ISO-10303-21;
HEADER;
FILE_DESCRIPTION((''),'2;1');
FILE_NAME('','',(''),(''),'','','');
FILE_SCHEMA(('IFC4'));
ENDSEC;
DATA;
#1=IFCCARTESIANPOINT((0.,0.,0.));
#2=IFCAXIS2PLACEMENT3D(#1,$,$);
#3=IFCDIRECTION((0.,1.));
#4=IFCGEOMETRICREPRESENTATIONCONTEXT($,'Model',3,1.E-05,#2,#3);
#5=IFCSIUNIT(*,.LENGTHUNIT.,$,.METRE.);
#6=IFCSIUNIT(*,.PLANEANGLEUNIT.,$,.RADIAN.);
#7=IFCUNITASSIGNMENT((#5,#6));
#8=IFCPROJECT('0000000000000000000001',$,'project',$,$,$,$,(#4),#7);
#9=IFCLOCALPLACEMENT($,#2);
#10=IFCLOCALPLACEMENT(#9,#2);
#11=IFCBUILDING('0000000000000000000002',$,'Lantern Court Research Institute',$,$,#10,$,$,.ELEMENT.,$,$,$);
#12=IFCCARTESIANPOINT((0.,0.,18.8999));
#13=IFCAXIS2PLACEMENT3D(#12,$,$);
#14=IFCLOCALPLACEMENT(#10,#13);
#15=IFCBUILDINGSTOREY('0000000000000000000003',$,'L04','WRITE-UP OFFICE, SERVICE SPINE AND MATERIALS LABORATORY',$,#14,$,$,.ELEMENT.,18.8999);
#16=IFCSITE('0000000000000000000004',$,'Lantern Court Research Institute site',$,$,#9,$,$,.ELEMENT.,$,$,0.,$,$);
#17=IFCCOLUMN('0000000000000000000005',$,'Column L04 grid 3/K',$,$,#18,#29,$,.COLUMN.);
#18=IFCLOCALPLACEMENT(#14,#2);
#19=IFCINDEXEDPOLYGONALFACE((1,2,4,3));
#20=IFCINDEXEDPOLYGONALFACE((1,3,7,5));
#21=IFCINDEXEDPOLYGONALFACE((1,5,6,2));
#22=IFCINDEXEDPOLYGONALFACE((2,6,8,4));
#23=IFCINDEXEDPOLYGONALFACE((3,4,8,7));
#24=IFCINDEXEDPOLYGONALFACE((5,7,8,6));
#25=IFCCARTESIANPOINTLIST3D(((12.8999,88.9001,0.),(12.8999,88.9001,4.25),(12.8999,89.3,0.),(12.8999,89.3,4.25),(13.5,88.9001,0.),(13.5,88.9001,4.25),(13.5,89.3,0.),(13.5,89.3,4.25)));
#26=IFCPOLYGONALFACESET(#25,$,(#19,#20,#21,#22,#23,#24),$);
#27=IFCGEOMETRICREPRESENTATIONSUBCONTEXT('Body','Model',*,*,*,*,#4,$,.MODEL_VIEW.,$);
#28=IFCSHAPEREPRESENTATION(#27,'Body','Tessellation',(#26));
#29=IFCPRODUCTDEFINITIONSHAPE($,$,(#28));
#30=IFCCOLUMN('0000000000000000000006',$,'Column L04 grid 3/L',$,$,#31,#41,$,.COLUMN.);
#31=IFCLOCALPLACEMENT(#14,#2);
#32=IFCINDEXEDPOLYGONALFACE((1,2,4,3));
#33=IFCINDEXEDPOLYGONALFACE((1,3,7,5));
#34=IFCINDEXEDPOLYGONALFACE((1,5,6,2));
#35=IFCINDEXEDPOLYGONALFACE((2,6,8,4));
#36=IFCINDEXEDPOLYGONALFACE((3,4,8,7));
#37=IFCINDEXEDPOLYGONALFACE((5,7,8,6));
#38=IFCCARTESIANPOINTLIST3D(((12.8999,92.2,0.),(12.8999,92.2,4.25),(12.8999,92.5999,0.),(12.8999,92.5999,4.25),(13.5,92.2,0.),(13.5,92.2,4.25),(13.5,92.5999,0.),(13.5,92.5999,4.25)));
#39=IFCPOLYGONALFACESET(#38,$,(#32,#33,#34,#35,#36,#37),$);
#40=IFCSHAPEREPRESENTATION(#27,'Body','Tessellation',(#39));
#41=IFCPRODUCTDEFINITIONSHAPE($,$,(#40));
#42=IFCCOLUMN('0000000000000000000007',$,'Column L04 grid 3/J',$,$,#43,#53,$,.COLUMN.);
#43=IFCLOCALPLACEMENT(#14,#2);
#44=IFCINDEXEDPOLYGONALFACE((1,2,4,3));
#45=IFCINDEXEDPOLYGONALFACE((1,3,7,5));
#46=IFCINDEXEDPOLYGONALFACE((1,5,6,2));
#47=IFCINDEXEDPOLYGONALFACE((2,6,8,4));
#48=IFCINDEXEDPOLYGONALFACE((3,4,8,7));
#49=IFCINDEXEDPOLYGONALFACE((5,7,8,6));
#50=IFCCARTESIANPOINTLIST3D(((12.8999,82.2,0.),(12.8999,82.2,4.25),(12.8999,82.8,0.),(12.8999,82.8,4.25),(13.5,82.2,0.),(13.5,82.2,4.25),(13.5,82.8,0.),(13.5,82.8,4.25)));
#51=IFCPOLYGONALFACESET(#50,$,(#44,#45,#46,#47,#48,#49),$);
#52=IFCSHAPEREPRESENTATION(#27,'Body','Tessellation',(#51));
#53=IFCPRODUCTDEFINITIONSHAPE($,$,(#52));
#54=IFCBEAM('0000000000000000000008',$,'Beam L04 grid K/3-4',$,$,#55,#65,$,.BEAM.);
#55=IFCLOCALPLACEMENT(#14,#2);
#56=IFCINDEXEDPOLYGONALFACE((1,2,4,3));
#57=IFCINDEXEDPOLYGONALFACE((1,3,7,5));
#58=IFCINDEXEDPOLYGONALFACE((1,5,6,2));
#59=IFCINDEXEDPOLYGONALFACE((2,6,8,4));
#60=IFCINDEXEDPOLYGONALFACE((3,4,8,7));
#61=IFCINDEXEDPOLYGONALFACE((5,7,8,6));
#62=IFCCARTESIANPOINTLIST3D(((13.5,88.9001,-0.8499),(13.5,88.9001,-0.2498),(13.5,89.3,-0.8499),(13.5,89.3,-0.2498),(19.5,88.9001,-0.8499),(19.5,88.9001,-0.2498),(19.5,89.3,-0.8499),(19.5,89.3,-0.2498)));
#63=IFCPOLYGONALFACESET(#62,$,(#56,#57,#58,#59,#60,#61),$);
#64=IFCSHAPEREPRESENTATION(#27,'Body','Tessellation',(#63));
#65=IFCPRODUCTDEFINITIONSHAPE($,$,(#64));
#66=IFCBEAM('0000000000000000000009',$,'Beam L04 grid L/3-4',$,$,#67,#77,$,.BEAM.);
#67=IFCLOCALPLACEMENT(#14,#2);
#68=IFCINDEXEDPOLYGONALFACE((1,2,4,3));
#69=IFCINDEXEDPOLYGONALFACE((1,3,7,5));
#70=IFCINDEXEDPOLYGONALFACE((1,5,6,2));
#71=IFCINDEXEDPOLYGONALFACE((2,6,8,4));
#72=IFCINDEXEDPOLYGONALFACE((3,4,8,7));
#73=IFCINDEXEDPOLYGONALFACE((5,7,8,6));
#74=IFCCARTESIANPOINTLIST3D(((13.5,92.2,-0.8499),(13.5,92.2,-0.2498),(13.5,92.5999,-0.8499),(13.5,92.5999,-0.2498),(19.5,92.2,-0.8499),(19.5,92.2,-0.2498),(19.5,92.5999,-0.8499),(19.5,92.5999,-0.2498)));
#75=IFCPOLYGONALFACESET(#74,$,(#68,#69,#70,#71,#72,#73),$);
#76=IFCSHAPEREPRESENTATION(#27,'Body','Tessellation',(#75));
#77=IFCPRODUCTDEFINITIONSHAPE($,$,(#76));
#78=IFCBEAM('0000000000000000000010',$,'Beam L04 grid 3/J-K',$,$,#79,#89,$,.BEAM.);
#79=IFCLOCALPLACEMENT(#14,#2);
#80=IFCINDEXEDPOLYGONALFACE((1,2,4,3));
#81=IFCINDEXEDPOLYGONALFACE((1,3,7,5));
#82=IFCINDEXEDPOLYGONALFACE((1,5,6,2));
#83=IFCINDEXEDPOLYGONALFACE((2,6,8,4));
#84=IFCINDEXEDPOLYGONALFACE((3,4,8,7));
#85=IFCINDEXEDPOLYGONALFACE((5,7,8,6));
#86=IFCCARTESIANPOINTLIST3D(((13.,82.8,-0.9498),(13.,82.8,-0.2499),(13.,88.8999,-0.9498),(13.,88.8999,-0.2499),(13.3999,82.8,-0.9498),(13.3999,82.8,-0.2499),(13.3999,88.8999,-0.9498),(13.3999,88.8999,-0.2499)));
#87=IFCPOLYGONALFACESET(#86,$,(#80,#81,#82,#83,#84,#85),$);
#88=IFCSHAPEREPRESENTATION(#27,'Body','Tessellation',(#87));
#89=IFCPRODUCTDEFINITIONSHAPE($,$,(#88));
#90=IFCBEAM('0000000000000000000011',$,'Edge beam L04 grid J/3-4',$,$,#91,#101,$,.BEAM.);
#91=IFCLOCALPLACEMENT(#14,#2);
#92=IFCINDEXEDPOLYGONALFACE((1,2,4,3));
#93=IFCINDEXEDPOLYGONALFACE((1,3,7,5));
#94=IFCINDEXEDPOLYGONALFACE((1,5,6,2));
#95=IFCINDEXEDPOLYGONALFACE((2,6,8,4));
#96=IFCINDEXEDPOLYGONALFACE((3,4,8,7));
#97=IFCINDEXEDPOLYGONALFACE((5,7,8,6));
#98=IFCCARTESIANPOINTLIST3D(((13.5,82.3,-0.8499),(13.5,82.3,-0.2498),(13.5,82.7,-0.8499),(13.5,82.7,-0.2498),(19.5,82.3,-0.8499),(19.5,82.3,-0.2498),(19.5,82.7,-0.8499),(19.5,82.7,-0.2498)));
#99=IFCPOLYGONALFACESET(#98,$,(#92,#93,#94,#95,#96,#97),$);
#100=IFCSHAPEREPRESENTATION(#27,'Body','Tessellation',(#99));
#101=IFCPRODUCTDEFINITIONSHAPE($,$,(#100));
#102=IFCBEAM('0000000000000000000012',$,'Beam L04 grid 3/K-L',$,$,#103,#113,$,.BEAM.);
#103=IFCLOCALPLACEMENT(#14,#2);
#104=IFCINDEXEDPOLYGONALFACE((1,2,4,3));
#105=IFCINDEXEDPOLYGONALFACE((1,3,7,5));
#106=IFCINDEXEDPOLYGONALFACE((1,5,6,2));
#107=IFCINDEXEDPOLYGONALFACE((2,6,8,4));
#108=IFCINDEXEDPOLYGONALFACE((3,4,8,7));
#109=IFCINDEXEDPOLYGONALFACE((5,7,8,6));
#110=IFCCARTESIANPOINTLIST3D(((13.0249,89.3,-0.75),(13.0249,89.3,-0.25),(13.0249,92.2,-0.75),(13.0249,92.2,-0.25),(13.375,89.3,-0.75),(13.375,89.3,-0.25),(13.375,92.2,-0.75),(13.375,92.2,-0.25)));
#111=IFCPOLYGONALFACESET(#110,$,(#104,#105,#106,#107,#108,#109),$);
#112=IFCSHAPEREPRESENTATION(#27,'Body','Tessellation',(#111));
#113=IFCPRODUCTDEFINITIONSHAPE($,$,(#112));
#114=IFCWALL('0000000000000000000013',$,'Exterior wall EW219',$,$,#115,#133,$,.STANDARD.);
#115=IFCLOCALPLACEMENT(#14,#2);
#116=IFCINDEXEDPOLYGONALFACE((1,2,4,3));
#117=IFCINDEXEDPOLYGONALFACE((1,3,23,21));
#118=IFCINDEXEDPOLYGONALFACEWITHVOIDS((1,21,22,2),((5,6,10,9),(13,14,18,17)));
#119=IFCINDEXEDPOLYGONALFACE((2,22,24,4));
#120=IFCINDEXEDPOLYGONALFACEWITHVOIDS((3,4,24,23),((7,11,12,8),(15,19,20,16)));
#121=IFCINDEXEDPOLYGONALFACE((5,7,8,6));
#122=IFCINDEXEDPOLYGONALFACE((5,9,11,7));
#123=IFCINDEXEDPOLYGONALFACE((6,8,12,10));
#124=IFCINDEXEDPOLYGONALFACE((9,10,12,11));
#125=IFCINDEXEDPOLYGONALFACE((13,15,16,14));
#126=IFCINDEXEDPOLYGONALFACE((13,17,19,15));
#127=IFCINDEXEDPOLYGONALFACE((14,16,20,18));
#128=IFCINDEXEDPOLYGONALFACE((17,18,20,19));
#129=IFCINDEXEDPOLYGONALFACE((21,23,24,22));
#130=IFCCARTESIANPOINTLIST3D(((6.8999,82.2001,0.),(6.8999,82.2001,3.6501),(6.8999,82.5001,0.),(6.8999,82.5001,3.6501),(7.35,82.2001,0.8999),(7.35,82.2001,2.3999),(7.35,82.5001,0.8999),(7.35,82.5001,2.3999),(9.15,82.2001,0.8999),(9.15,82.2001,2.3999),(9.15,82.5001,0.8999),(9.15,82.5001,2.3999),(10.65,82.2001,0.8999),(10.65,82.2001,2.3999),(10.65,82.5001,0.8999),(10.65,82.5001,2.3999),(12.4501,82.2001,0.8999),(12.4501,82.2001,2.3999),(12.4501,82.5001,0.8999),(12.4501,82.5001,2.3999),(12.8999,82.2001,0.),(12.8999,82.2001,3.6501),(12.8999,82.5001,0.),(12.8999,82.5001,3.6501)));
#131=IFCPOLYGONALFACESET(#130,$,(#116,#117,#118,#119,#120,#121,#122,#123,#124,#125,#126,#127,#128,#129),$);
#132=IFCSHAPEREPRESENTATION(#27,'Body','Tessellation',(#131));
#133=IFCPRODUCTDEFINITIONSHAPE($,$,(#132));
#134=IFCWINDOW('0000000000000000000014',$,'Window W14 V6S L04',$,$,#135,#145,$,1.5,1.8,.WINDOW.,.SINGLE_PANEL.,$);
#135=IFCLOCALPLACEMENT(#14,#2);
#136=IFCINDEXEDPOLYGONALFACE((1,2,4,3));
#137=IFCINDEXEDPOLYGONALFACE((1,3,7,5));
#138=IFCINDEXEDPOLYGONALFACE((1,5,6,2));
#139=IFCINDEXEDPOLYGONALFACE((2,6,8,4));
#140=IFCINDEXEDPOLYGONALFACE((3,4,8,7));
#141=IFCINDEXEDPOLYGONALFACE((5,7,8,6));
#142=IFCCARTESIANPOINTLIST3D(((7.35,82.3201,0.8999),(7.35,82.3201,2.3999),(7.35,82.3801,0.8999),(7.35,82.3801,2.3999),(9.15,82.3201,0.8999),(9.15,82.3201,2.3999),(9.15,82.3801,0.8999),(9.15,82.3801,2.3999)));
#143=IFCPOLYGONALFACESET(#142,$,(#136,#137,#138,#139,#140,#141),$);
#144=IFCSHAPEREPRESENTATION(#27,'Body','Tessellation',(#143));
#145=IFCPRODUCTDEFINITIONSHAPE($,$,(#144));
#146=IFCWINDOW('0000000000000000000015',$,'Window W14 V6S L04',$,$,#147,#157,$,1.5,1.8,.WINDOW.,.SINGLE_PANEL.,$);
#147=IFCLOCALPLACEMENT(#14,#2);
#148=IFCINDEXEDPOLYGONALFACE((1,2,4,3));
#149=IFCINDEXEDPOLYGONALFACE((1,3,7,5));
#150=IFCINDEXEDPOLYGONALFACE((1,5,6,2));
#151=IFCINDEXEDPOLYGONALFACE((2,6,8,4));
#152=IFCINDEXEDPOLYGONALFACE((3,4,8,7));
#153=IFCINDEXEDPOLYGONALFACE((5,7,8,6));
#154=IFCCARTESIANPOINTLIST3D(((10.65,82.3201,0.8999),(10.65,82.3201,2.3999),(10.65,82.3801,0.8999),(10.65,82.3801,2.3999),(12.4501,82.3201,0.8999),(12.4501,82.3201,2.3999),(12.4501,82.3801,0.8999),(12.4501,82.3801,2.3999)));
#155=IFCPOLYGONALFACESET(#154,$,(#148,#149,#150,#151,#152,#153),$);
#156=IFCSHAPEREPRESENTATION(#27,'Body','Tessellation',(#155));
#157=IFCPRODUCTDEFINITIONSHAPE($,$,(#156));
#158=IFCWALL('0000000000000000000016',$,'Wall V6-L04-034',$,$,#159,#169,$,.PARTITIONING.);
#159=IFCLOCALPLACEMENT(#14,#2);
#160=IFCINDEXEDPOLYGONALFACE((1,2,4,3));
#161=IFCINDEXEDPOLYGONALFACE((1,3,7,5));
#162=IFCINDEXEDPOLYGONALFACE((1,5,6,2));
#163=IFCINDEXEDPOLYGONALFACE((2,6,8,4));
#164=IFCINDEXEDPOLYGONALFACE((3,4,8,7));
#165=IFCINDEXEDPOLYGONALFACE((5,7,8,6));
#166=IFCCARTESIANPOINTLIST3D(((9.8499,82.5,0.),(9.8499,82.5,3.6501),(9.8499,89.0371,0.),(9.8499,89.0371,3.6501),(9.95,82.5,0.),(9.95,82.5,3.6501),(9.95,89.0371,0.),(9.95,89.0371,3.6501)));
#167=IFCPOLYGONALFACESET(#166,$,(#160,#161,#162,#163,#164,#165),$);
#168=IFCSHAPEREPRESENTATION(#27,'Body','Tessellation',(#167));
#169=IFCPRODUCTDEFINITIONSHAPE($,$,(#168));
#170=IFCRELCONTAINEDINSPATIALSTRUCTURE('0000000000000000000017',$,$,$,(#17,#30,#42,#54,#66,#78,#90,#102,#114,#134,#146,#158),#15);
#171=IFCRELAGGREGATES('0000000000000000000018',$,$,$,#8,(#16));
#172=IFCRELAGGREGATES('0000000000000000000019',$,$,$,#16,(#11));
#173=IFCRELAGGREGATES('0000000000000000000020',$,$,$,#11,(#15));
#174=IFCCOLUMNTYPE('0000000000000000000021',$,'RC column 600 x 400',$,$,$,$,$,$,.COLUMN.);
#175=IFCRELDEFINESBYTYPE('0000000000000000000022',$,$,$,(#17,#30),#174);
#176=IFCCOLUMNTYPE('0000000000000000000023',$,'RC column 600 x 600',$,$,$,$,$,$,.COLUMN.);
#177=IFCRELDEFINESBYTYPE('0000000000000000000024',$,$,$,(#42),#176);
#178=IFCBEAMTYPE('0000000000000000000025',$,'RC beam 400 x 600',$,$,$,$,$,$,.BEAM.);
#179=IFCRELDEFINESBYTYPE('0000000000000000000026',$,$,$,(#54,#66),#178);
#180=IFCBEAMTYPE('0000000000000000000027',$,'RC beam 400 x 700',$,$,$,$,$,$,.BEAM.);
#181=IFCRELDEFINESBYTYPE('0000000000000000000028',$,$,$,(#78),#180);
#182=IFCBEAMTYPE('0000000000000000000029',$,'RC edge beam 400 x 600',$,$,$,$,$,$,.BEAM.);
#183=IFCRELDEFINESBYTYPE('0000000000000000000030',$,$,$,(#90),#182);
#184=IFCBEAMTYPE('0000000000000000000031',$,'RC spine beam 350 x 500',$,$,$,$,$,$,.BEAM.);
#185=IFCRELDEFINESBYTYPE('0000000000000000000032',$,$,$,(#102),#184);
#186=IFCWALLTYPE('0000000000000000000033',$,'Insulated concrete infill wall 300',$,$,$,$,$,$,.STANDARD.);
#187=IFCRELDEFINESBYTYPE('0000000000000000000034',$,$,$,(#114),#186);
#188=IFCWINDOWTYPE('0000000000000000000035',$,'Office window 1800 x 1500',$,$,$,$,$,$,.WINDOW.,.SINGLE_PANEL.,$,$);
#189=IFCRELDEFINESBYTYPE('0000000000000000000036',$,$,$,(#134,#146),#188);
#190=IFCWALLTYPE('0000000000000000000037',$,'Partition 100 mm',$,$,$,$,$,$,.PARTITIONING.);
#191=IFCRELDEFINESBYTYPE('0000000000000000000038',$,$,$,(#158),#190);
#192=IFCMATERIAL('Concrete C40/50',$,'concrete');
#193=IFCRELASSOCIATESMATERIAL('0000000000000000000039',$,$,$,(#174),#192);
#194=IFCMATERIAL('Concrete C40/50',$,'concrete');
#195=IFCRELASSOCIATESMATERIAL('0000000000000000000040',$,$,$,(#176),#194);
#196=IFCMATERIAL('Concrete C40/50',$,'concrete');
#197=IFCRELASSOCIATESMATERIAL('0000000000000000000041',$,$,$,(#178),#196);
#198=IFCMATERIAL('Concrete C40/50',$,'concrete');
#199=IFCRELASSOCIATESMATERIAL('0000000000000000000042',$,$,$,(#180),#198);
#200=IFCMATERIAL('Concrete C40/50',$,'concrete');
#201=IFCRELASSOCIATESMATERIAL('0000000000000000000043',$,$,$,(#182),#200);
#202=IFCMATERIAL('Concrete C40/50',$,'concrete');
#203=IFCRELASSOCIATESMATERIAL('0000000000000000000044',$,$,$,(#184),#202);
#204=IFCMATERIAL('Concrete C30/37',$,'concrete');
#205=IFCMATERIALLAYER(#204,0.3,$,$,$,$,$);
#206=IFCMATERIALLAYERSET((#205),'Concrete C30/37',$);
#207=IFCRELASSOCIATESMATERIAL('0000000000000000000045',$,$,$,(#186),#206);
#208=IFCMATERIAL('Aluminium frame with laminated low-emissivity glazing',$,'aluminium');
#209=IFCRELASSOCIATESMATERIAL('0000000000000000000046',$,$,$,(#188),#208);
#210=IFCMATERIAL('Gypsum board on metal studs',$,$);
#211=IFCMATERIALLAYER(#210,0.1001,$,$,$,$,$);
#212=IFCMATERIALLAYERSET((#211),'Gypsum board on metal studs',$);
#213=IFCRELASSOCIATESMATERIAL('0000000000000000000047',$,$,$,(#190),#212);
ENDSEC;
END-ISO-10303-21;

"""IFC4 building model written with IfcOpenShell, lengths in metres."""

from ifc_helpers import new_model, si_unit, direction, frame, frame_2d, origin, origin_2d, place, context, subcontext, project, spatial, rectangle, extrude, material, layer, layer_set, material_profile, profile_set, type_object, element, fill, save


model = new_model("IFC4")

# Units and contexts
model_context = context("Model", 3, precision=1e-05, world=origin(), true_north=direction((0.0, 1.0)))
body_context = subcontext(model_context, "Body", "Model", "MODEL_VIEW")
ifc_project = project(units=[si_unit("LENGTHUNIT", "METRE"), si_unit("PLANEANGLEUNIT", "RADIAN")], contexts=[model_context])

# Site, building, storey
site_placement = place(None, origin())
site = spatial("IfcSite", under=ifc_project, at=site_placement, Name="Lantern Court Research Institute site", CompositionType="ELEMENT", RefElevation=0.0)
building_placement = place(site_placement, origin())
building = spatial("IfcBuilding", under=site, at=building_placement, Name="Lantern Court Research Institute", CompositionType="ELEMENT")
storey_placement = place(building_placement, frame((0.0, 0.0, 18.8999)))
storey = spatial("IfcBuildingStorey", under=building, at=storey_placement, Name="L04", Description="WRITE-UP OFFICE, SERVICE SPINE AND MATERIALS LABORATORY", CompositionType="ELEMENT", Elevation=18.8999)

# Columns
ifc_material_1 = material(Name="Concrete C40/50", Category="concrete")
ifc_material_profile_1 = material_profile(ifc_material_1, rectangle(XDim=0.6001, YDim=0.3999, at=origin_2d()), Name="RC column 600 x 400")
ifc_profile_set_1 = profile_set([ifc_material_profile_1], Name="Concrete C40/50")
column_type_1 = type_object("IfcColumnType", Name="RC column 600 x 400", PredefinedType="COLUMN", material=ifc_profile_set_1)
for number, where, z_axis, x_axis, name in (
    (1, (13.2, 89.1001, 0.0), (0.0, 0.0, 1.0), (1.0, 0.0, 0.0), "Column L04 grid 3/K"),
    (2, (13.2, 92.3999, 0.0), (0.0, 0.0, 1.0), (1.0, 0.0, 0.0), "Column L04 grid 3/L"),
):
    element("IfcColumn", number, at=place(storey_placement, frame(where, z_axis=z_axis, x_axis=x_axis)), inside=storey, type_object=column_type_1, Name=name, PredefinedType="COLUMN", context=body_context, shape_type="SweptSolid", body=[
        extrude(rectangle(XDim=0.6001, YDim=0.3999, at=origin_2d()), origin(), (0.0, 0.0, 1.0), 4.25),
    ])
ifc_material_2 = material(Name="Concrete C40/50", Category="concrete")
ifc_material_profile_2 = material_profile(ifc_material_2, rectangle(XDim=0.6001, YDim=0.6001, at=origin_2d()), Name="RC column 600 x 600")
ifc_profile_set_2 = profile_set([ifc_material_profile_2], Name="Concrete C40/50")
column_type_2 = type_object("IfcColumnType", Name="RC column 600 x 600", PredefinedType="COLUMN", material=ifc_profile_set_2)
column_placement = place(storey_placement, frame((13.2, 82.5, 0.0), z_axis=(0.0, 0.0, 1.0), x_axis=(1.0, 0.0, 0.0)))
element("IfcColumn", 3, at=column_placement, inside=storey, type_object=column_type_2, Name="Column L04 grid 3/J", PredefinedType="COLUMN", context=body_context, shape_type="SweptSolid", body=[
    extrude(rectangle(XDim=0.6001, YDim=0.6001, at=origin_2d()), origin(), (0.0, 0.0, 1.0), 4.25),
])

# Beams
ifc_material_3 = material(Name="Concrete C40/50", Category="concrete")
ifc_material_profile_3 = material_profile(ifc_material_3, rectangle(XDim=0.3999, YDim=0.6001, at=origin_2d()), Name="RC beam 400 x 600")
ifc_profile_set_3 = profile_set([ifc_material_profile_3], Name="Concrete C40/50")
beam_type_1 = type_object("IfcBeamType", Name="RC beam 400 x 600", PredefinedType="BEAM", material=ifc_profile_set_3)
for number, where, z_axis, x_axis, name in (
    (4, (13.5, 89.1001, -0.5498), (1.0, 0.0, 0.0), (0.0, 1.0, 0.0), "Beam L04 grid K/3-4"),
    (5, (13.5, 92.3999, -0.5498), (1.0, 0.0, 0.0), (0.0, 1.0, 0.0), "Beam L04 grid L/3-4"),
):
    element("IfcBeam", number, at=place(storey_placement, frame(where, z_axis=z_axis, x_axis=x_axis)), inside=storey, type_object=beam_type_1, Name=name, PredefinedType="BEAM", context=body_context, shape_type="SweptSolid", body=[
        extrude(rectangle(XDim=0.3999, YDim=0.6001, at=origin_2d()), origin(), (0.0, 0.0, 1.0), 6.0),
    ])
ifc_material_4 = material(Name="Concrete C40/50", Category="concrete")
ifc_material_profile_4 = material_profile(ifc_material_4, rectangle(XDim=0.3999, YDim=0.7, at=origin_2d()), Name="RC beam 400 x 700")
ifc_profile_set_4 = profile_set([ifc_material_profile_4], Name="Concrete C40/50")
beam_type_2 = type_object("IfcBeamType", Name="RC beam 400 x 700", PredefinedType="BEAM", material=ifc_profile_set_4)
beam_1_placement = place(storey_placement, frame((13.2, 82.8, -0.5999), z_axis=(0.0, 1.0, 0.0), x_axis=(-1.0, 0.0, 0.0)))
element("IfcBeam", 6, at=beam_1_placement, inside=storey, type_object=beam_type_2, Name="Beam L04 grid 3/J-K", PredefinedType="BEAM", context=body_context, shape_type="SweptSolid", body=[
    extrude(rectangle(XDim=0.3999, YDim=0.7, at=origin_2d()), origin(), (0.0, 0.0, 1.0), 6.0999),
])
ifc_material_5 = material(Name="Concrete C40/50", Category="concrete")
ifc_material_profile_5 = material_profile(ifc_material_5, rectangle(XDim=0.3999, YDim=0.6001, at=origin_2d()), Name="RC beam 400 x 600")
ifc_profile_set_5 = profile_set([ifc_material_profile_5], Name="Concrete C40/50")
beam_type_3 = type_object("IfcBeamType", Name="RC edge beam 400 x 600", PredefinedType="BEAM", material=ifc_profile_set_5)
beam_2_placement = place(storey_placement, frame((13.5, 82.5, -0.5498), z_axis=(1.0, 0.0, 0.0), x_axis=(0.0, 1.0, 0.0)))
element("IfcBeam", 7, at=beam_2_placement, inside=storey, type_object=beam_type_3, Name="Edge beam L04 grid J/3-4", PredefinedType="BEAM", context=body_context, shape_type="SweptSolid", body=[
    extrude(rectangle(XDim=0.3999, YDim=0.6001, at=origin_2d()), origin(), (0.0, 0.0, 1.0), 6.0),
])
ifc_material_6 = material(Name="Concrete C40/50", Category="concrete")
ifc_material_profile_6 = material_profile(ifc_material_6, rectangle(XDim=0.3501, YDim=0.5, at=origin_2d()), Name="RC beam 350 x 500")
ifc_profile_set_6 = profile_set([ifc_material_profile_6], Name="Concrete C40/50")
beam_type_4 = type_object("IfcBeamType", Name="RC spine beam 350 x 500", PredefinedType="BEAM", material=ifc_profile_set_6)
beam_3_placement = place(storey_placement, frame((13.2, 89.3, -0.5), z_axis=(0.0, 1.0, 0.0), x_axis=(-1.0, 0.0, 0.0)))
element("IfcBeam", 8, at=beam_3_placement, inside=storey, type_object=beam_type_4, Name="Beam L04 grid 3/K-L", PredefinedType="BEAM", context=body_context, shape_type="SweptSolid", body=[
    extrude(rectangle(XDim=0.3501, YDim=0.5, at=origin_2d()), origin(), (0.0, 0.0, 1.0), 2.8999),
])

# Wall, openings, windows
ifc_material_7 = material(Name="Concrete C30/37", Category="concrete")
ifc_layer_1 = layer(ifc_material_7, 0.3)
ifc_layer_set_1 = layer_set([ifc_layer_1], Name="Concrete C30/37")
wall_type_1 = type_object("IfcWallType", Name="Insulated concrete infill wall 300", PredefinedType="STANDARD", material=ifc_layer_set_1)
wall_1_placement = place(storey_placement, frame((12.8999, 82.3501, 0.0), z_axis=(0.0, 0.0, 1.0), x_axis=(-1.0, 0.0, 0.0)))
wall_1 = element("IfcWall", 9, at=wall_1_placement, inside=storey, type_object=wall_type_1, Name="Exterior wall EW219", PredefinedType="STANDARD", context=body_context, shape_type="SweptSolid", body=[
    extrude(rectangle(XDim=6.0, YDim=0.3, at=frame_2d((3.0, 0.0))), origin(), (0.0, 0.0, 1.0), 3.6501),
])
opening_1_placement = place(wall_1_placement, frame((3.75, 0.0, 0.8999)))
opening_1 = element("IfcOpeningElement", 10, at=opening_1_placement, cuts=wall_1, PredefinedType="OPENING", context=body_context, shape_type="SweptSolid", body=[
    extrude(rectangle(XDim=1.8, YDim=1.5, at=frame_2d((0.8999, 0.75))), frame((0.0, 0.1599, 0.0), z_axis=(0.0, -1.0, 0.0), x_axis=(1.0, 0.0, 0.0)), (0.0, 0.0, 1.0), 0.3201),
])
opening_2_placement = place(wall_1_placement, frame((0.45, 0.0, 0.8999)))
opening_2 = element("IfcOpeningElement", 11, at=opening_2_placement, cuts=wall_1, PredefinedType="OPENING", context=body_context, shape_type="SweptSolid", body=[
    extrude(rectangle(XDim=1.8, YDim=1.5, at=frame_2d((0.8999, 0.75))), frame((0.0, 0.1599, 0.0), z_axis=(0.0, -1.0, 0.0), x_axis=(1.0, 0.0, 0.0)), (0.0, 0.0, 1.0), 0.3201),
])
ifc_material_8 = material(Name="Aluminium frame with laminated low-emissivity glazing", Category="aluminium")
window_type = type_object("IfcWindowType", Name="Office window 1800 x 1500", PartitioningType="SINGLE_PANEL", PredefinedType="WINDOW", material=ifc_material_8)
window_1_placement = place(opening_1_placement, origin())
window_1 = element("IfcWindow", 12, at=window_1_placement, inside=storey, type_object=window_type, Name="Window W14 V6S L04", OverallHeight=1.5, OverallWidth=1.8, PartitioningType="SINGLE_PANEL", PredefinedType="WINDOW", context=body_context, shape_type="SweptSolid", body=[
    extrude(rectangle(XDim=1.8, YDim=1.5, at=frame_2d((0.8999, 0.75))), frame((0.0, 0.03, 0.0), z_axis=(0.0, -1.0, 0.0), x_axis=(1.0, 0.0, 0.0)), (0.0, 0.0, 1.0), 0.0601),
])
fill(opening_1, window_1)
window_2_placement = place(opening_2_placement, origin())
window_2 = element("IfcWindow", 13, at=window_2_placement, inside=storey, type_object=window_type, Name="Window W14 V6S L04", OverallHeight=1.5, OverallWidth=1.8, PartitioningType="SINGLE_PANEL", PredefinedType="WINDOW", context=body_context, shape_type="SweptSolid", body=[
    extrude(rectangle(XDim=1.8, YDim=1.5, at=frame_2d((0.8999, 0.75))), frame((0.0, 0.03, 0.0), z_axis=(0.0, -1.0, 0.0), x_axis=(1.0, 0.0, 0.0)), (0.0, 0.0, 1.0), 0.0601),
])
fill(opening_2, window_2)

# Wall
ifc_material_9 = material(Name="Gypsum board on metal studs")
ifc_layer_2 = layer(ifc_material_9, 0.1001)
ifc_layer_set_2 = layer_set([ifc_layer_2], Name="Gypsum board on metal studs")
wall_type_2 = type_object("IfcWallType", Name="Partition 100 mm", PredefinedType="PARTITIONING", material=ifc_layer_set_2)
wall_2_placement = place(storey_placement, frame((9.8999, 82.5, 0.0), z_axis=(0.0, 0.0, 1.0), x_axis=(0.0, 1.0, 0.0)))
element("IfcWall", 14, at=wall_2_placement, inside=storey, type_object=wall_type_2, Name="Wall V6-L04-034", PredefinedType="PARTITIONING", context=body_context, shape_type="SweptSolid", body=[
    extrude(rectangle(XDim=6.5371, YDim=0.1001, at=frame_2d((3.2686, 0.0))), origin(), (0.0, 0.0, 1.0), 3.6501),
])

save(model, "model.ifc")
